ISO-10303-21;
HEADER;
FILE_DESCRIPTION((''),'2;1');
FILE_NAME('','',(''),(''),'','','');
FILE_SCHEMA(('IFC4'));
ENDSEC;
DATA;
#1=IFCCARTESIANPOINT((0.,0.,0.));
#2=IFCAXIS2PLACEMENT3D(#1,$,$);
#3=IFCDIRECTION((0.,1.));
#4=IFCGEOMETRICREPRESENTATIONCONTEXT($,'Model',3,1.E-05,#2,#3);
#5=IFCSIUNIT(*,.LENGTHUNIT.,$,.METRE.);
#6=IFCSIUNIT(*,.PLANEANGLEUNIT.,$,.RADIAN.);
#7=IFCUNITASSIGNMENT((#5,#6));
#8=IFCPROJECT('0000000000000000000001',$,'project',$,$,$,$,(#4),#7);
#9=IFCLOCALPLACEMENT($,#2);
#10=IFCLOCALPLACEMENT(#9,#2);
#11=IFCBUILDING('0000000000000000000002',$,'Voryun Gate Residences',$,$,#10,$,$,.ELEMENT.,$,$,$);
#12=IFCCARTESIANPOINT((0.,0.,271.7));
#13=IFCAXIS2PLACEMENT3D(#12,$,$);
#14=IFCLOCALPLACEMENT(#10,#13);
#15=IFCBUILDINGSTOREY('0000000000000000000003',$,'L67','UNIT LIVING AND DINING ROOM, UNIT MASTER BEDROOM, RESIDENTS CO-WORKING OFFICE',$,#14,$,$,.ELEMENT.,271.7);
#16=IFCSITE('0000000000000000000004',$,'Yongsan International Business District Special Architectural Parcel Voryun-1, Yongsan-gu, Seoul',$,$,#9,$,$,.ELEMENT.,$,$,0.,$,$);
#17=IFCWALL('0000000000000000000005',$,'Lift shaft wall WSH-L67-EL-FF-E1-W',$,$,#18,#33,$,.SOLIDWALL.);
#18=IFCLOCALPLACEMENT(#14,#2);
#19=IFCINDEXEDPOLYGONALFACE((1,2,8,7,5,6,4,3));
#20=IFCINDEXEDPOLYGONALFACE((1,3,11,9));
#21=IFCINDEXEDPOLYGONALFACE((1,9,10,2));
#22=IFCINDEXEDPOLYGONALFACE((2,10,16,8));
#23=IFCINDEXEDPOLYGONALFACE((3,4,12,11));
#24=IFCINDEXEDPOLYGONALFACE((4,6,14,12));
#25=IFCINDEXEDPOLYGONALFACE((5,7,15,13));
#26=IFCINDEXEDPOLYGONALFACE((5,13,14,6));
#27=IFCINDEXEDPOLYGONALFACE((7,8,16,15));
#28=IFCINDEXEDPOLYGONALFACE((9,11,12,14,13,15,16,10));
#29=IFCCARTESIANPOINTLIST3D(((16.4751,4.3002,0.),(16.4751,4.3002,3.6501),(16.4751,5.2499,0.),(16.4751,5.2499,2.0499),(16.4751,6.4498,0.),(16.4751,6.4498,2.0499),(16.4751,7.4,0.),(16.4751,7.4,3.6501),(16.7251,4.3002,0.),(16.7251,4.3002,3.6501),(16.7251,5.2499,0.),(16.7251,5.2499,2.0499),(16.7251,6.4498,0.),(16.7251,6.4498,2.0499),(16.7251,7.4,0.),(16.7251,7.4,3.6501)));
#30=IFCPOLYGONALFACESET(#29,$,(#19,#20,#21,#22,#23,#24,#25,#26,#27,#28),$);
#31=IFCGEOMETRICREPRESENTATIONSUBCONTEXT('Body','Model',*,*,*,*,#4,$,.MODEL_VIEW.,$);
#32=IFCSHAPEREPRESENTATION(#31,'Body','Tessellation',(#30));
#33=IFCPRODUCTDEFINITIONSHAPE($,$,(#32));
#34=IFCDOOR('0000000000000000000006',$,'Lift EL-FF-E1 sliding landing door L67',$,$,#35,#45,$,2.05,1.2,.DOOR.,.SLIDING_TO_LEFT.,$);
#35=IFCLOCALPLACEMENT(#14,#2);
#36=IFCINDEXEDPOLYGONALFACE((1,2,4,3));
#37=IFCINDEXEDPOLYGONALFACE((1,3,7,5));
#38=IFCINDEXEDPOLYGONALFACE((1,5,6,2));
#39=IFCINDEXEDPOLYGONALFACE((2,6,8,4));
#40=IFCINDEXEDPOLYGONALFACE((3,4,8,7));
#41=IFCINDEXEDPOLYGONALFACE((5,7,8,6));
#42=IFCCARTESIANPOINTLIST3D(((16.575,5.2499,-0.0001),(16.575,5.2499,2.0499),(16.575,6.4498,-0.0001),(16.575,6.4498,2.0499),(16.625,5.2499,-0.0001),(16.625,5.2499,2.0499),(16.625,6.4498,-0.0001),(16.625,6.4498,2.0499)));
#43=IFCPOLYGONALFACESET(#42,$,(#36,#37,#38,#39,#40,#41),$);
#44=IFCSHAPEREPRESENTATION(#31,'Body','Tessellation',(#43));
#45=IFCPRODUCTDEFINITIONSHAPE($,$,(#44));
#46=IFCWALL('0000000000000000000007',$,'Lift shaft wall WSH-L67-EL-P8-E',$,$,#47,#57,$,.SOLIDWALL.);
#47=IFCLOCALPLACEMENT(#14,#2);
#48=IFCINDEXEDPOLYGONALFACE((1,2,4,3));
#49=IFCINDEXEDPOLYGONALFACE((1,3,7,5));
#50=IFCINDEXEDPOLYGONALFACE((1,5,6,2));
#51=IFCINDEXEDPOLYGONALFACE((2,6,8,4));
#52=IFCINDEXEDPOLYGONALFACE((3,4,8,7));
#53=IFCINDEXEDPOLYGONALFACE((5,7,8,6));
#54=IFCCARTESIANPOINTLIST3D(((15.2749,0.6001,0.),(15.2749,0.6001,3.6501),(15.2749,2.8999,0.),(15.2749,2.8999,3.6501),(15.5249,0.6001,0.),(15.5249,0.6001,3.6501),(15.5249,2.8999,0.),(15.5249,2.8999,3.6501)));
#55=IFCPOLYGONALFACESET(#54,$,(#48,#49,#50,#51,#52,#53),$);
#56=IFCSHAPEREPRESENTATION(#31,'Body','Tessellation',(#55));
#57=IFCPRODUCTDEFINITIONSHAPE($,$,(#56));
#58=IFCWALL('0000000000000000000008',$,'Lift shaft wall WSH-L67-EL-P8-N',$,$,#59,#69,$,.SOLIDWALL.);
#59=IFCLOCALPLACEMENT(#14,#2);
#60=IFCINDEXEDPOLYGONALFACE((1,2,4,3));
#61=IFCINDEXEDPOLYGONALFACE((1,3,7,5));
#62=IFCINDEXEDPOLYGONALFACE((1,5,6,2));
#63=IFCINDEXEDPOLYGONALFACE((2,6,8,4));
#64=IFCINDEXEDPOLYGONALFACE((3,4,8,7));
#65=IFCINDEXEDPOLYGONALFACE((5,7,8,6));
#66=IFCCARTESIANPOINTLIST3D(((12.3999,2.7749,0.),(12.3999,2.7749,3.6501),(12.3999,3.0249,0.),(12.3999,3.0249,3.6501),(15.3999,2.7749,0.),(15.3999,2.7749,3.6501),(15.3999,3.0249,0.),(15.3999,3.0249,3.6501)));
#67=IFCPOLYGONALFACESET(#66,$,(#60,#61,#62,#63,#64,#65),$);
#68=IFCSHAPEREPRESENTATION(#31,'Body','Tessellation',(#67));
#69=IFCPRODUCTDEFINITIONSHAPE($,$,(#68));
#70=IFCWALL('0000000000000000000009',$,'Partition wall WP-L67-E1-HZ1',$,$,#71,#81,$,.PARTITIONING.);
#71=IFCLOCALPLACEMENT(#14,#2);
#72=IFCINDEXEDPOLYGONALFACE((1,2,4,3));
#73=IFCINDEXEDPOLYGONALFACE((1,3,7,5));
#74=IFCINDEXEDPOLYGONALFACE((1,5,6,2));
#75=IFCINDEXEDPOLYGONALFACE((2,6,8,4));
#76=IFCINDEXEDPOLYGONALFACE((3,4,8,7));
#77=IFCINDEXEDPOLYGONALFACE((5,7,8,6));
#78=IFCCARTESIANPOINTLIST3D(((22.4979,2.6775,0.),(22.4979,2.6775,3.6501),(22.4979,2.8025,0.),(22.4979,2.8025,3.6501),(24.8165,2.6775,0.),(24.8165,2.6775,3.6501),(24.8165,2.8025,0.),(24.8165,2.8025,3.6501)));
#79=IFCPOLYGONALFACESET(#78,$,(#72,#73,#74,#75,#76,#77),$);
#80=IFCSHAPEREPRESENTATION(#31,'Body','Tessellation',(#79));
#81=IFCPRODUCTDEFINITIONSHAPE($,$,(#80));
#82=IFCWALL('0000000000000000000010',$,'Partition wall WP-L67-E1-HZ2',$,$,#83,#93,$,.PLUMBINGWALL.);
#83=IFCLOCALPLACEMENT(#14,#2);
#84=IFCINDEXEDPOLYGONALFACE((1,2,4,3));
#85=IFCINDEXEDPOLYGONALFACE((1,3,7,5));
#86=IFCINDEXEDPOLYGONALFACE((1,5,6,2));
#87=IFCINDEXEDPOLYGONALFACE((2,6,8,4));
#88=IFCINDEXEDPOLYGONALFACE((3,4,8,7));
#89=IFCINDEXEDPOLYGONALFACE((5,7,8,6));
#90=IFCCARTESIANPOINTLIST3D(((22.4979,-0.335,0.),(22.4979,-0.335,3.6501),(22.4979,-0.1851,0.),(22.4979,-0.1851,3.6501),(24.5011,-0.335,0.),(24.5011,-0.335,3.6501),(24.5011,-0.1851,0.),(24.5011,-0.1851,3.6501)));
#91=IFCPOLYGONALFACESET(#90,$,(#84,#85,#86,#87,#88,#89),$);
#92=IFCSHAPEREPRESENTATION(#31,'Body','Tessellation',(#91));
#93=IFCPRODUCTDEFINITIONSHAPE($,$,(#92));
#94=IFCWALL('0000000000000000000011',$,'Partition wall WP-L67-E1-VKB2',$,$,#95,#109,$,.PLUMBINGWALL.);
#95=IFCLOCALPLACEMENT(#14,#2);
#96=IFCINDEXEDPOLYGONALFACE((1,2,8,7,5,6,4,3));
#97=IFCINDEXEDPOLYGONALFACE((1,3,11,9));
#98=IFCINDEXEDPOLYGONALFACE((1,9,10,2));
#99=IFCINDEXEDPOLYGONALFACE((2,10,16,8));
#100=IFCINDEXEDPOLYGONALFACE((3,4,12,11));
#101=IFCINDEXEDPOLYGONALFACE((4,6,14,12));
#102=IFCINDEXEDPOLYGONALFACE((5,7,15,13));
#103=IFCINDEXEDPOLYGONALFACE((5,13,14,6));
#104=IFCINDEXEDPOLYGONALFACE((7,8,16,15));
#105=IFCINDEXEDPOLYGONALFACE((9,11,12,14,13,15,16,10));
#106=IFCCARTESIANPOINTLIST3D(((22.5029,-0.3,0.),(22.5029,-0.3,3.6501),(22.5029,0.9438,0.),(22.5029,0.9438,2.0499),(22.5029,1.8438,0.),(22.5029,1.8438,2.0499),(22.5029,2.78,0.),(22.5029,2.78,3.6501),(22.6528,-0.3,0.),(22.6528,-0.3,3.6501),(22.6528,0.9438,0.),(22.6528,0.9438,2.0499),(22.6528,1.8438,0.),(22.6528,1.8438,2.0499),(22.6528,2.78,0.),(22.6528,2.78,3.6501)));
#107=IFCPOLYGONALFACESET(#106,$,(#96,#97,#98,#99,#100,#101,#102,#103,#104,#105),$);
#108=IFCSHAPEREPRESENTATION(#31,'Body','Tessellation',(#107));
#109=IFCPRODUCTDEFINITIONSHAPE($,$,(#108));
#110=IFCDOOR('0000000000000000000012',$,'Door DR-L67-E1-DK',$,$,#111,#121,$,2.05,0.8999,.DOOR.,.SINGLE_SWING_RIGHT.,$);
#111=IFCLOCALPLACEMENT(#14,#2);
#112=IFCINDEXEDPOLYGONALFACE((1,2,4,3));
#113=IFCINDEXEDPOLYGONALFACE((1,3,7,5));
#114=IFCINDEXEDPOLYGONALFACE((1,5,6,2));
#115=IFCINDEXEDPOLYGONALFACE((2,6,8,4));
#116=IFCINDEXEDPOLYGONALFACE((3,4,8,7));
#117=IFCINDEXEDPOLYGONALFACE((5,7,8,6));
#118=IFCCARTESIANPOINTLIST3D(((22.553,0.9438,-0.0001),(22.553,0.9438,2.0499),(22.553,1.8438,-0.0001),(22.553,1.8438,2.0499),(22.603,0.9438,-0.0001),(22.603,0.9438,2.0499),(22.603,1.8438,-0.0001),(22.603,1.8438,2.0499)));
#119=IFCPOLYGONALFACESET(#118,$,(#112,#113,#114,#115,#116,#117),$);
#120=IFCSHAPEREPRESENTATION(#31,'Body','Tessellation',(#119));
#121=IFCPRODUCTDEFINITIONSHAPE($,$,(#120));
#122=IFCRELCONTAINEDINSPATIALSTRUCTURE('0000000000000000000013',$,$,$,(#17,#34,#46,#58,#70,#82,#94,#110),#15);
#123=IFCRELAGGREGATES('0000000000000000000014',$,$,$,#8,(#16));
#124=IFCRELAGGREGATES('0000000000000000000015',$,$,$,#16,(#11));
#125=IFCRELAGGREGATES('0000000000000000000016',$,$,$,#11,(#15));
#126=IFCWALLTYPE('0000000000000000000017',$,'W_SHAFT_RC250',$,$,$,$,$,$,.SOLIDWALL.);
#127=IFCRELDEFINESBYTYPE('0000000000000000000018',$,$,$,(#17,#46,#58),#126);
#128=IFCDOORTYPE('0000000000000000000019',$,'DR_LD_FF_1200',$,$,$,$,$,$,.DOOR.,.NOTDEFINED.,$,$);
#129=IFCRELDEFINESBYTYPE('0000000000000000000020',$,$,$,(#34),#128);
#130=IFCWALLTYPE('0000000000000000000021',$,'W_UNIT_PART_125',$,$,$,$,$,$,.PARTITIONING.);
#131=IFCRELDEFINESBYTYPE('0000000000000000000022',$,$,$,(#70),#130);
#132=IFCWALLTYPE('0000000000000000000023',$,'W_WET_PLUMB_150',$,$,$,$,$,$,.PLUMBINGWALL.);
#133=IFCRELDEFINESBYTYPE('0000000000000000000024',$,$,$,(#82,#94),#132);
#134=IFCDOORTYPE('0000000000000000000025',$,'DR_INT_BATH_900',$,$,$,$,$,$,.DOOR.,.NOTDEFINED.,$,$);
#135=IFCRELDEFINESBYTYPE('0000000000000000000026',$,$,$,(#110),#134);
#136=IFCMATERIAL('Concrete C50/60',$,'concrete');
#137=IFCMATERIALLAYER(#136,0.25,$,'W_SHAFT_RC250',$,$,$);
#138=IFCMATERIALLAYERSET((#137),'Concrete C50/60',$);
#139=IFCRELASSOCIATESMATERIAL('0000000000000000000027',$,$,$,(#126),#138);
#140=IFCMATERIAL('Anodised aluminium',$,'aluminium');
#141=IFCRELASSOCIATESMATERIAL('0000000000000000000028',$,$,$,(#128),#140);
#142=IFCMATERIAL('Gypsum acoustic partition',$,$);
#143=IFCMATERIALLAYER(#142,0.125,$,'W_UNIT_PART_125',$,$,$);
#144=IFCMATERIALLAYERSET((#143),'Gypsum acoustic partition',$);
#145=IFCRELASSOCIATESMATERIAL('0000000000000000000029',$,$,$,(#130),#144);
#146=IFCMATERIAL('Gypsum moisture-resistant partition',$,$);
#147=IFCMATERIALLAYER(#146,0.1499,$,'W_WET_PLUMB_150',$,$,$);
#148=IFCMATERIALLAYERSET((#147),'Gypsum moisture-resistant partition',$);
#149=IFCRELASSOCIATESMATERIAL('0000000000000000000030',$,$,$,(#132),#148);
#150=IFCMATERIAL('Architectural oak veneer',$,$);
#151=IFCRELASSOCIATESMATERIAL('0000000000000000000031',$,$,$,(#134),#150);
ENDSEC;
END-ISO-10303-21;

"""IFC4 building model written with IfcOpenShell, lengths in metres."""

from ifc_helpers import new_model, si_unit, direction, frame, frame_2d, origin, place, context, subcontext, project, spatial, rectangle, extrude, material, layer, layer_set, type_object, element, fill, save


model = new_model("IFC4")

# Units and contexts
model_context = context("Model", 3, precision=1e-05, world=origin(), true_north=direction((0.0, 1.0)))
body_context = subcontext(model_context, "Body", "Model", "MODEL_VIEW")
ifc_project = project(units=[si_unit("LENGTHUNIT", "METRE"), si_unit("PLANEANGLEUNIT", "RADIAN")], contexts=[model_context])

# Site, building, storey
site_placement = place(None, origin())
site = spatial("IfcSite", under=ifc_project, at=site_placement, Name="Yongsan International Business District Special Architectural Parcel Voryun-1, Yongsan-gu, Seoul", CompositionType="ELEMENT", RefElevation=0.0)
building_placement = place(site_placement, origin())
building = spatial("IfcBuilding", under=site, at=building_placement, Name="Voryun Gate Residences", CompositionType="ELEMENT")
storey_placement = place(building_placement, frame((0.0, 0.0, 271.7)))
storey = spatial("IfcBuildingStorey", under=building, at=storey_placement, Name="L67", Description="UNIT LIVING AND DINING ROOM, UNIT MASTER BEDROOM, RESIDENTS CO-WORKING OFFICE", CompositionType="ELEMENT", Elevation=271.7)

# Shared definitions
ifc_material_1 = material(Name="Concrete C50/60", Category="concrete")
ifc_layer_1 = layer(ifc_material_1, 0.25, Name="W_SHAFT_RC250")
ifc_layer_set_1 = layer_set([ifc_layer_1], Name="Concrete C50/60")
wall_type_1 = type_object("IfcWallType", Name="W_SHAFT_RC250", PredefinedType="SOLIDWALL", material=ifc_layer_set_1)

# Wall, opening, door
wall_1_placement = place(storey_placement, frame((16.6001, 7.3999, 0.0), z_axis=(0.0, 0.0, 1.0), x_axis=(0.0, -1.0, 0.0)))
wall_1 = element("IfcWall", 1, at=wall_1_placement, inside=storey, type_object=wall_type_1, Name="Lift shaft wall WSH-L67-EL-FF-E1-W", PredefinedType="SOLIDWALL", context=body_context, shape_type="SweptSolid", body=[
    extrude(rectangle(XDim=3.0999, YDim=0.25, at=frame_2d((1.5498, 0.0))), origin(), (0.0, 0.0, 1.0), 3.6501),
])
opening_1_placement = place(wall_1_placement, frame((0.95, 0.0, 0.0)))
opening_1 = element("IfcOpeningElement", 2, at=opening_1_placement, cuts=wall_1, PredefinedType="OPENING", context=body_context, shape_type="SweptSolid", body=[
    extrude(rectangle(XDim=1.2, YDim=2.05, at=frame_2d((0.6001, 1.0249))), frame((0.0, 0.135, 0.0), z_axis=(0.0, -1.0, 0.0), x_axis=(1.0, 0.0, 0.0)), (0.0, 0.0, 1.0), 0.27),
])
ifc_material_2 = material(Name="Anodised aluminium", Category="aluminium")
door_type_1 = type_object("IfcDoorType", Name="DR_LD_FF_1200", OperationType="NOTDEFINED", PredefinedType="DOOR", material=ifc_material_2)
door_1_placement = place(opening_1_placement, origin())
door_1 = element("IfcDoor", 3, at=door_1_placement, inside=storey, type_object=door_type_1, Name="Lift EL-FF-E1 sliding landing door L67", OperationType="SLIDING_TO_LEFT", OverallHeight=2.05, OverallWidth=1.2, PredefinedType="DOOR", context=body_context, shape_type="SweptSolid", body=[
    extrude(rectangle(XDim=1.2, YDim=2.05, at=frame_2d((0.6001, 1.0249))), frame((0.0, 0.0249, 0.0), z_axis=(0.0, -1.0, 0.0), x_axis=(1.0, 0.0, 0.0)), (0.0, 0.0, 1.0), 0.05),
])
fill(opening_1, door_1)

# Walls
wall_2_placement = place(storey_placement, frame((15.3999, 0.6001, 0.0), z_axis=(0.0, 0.0, 1.0), x_axis=(0.0, 1.0, 0.0)))
element("IfcWall", 4, at=wall_2_placement, inside=storey, type_object=wall_type_1, Name="Lift shaft wall WSH-L67-EL-P8-E", PredefinedType="SOLIDWALL", context=body_context, shape_type="SweptSolid", body=[
    extrude(rectangle(XDim=2.2998, YDim=0.25, at=frame_2d((1.1499, 0.0))), origin(), (0.0, 0.0, 1.0), 3.6501),
])
wall_3_placement = place(storey_placement, frame((15.3999, 2.8999, 0.0), z_axis=(0.0, 0.0, 1.0), x_axis=(-1.0, 0.0, 0.0)))
element("IfcWall", 5, at=wall_3_placement, inside=storey, type_object=wall_type_1, Name="Lift shaft wall WSH-L67-EL-P8-N", PredefinedType="SOLIDWALL", context=body_context, shape_type="SweptSolid", body=[
    extrude(rectangle(XDim=3.0, YDim=0.25, at=frame_2d((1.5, 0.0))), origin(), (0.0, 0.0, 1.0), 3.6501),
])
ifc_material_3 = material(Name="Gypsum acoustic partition")
ifc_layer_2 = layer(ifc_material_3, 0.125, Name="W_UNIT_PART_125")
ifc_layer_set_2 = layer_set([ifc_layer_2], Name="Gypsum acoustic partition")
wall_type_2 = type_object("IfcWallType", Name="W_UNIT_PART_125", PredefinedType="PARTITIONING", material=ifc_layer_set_2)
wall_4_placement = place(storey_placement, frame((22.498, 2.74, 0.0), z_axis=(0.0, 0.0, 1.0), x_axis=(1.0, 0.0, 0.0)))
element("IfcWall", 6, at=wall_4_placement, inside=storey, type_object=wall_type_2, Name="Partition wall WP-L67-E1-HZ1", PredefinedType="PARTITIONING", context=body_context, shape_type="SweptSolid", body=[
    extrude(rectangle(XDim=2.3186, YDim=0.125, at=frame_2d((1.1592, 0.0))), origin(), (0.0, 0.0, 1.0), 3.6501),
])
ifc_material_4 = material(Name="Gypsum moisture-resistant partition")
ifc_layer_3 = layer(ifc_material_4, 0.1499, Name="W_WET_PLUMB_150")
ifc_layer_set_3 = layer_set([ifc_layer_3], Name="Gypsum moisture-resistant partition")
wall_type_3 = type_object("IfcWallType", Name="W_WET_PLUMB_150", PredefinedType="PLUMBINGWALL", material=ifc_layer_set_3)
wall_5_placement = place(storey_placement, frame((22.498, -0.26, 0.0), z_axis=(0.0, 0.0, 1.0), x_axis=(1.0, 0.0, 0.0)))
element("IfcWall", 7, at=wall_5_placement, inside=storey, type_object=wall_type_3, Name="Partition wall WP-L67-E1-HZ2", PredefinedType="PLUMBINGWALL", context=body_context, shape_type="SweptSolid", body=[
    extrude(rectangle(XDim=2.0032, YDim=0.1499, at=frame_2d((1.0015, 0.0))), origin(), (0.0, 0.0, 1.0), 3.6501),
])

# Wall, opening, door
wall_6_placement = place(storey_placement, frame((22.5779, -0.3, 0.0), z_axis=(0.0, 0.0, 1.0), x_axis=(0.0, 1.0, 0.0)))
wall_6 = element("IfcWall", 8, at=wall_6_placement, inside=storey, type_object=wall_type_3, Name="Partition wall WP-L67-E1-VKB2", PredefinedType="PLUMBINGWALL", context=body_context, shape_type="SweptSolid", body=[
    extrude(rectangle(XDim=3.0801, YDim=0.1499, at=frame_2d((1.54, 0.0))), origin(), (0.0, 0.0, 1.0), 3.6501),
])
opening_2_placement = place(wall_6_placement, frame((1.2439, 0.0, 0.0)))
opening_2 = element("IfcOpeningElement", 9, at=opening_2_placement, cuts=wall_6, PredefinedType="OPENING", context=body_context, shape_type="SweptSolid", body=[
    extrude(rectangle(XDim=0.8999, YDim=2.05, at=frame_2d((0.45, 1.0249))), frame((0.0, 0.085, 0.0), z_axis=(0.0, -1.0, 0.0), x_axis=(1.0, 0.0, 0.0)), (0.0, 0.0, 1.0), 0.1699),
])
ifc_material_5 = material(Name="Architectural oak veneer")
door_type_2 = type_object("IfcDoorType", Name="DR_INT_BATH_900", OperationType="NOTDEFINED", PredefinedType="DOOR", material=ifc_material_5)
door_2_placement = place(opening_2_placement, origin())
door_2 = element("IfcDoor", 10, at=door_2_placement, inside=storey, type_object=door_type_2, Name="Door DR-L67-E1-DK", OperationType="SINGLE_SWING_RIGHT", OverallHeight=2.05, OverallWidth=0.8999, PredefinedType="DOOR", context=body_context, shape_type="SweptSolid", body=[
    extrude(rectangle(XDim=0.8999, YDim=2.05, at=frame_2d((0.45, 1.0249))), frame((0.0, 0.0249, 0.0), z_axis=(0.0, -1.0, 0.0), x_axis=(1.0, 0.0, 0.0)), (0.0, 0.0, 1.0), 0.05),
])
fill(opening_2, door_2)

save(model, "model.ifc")
